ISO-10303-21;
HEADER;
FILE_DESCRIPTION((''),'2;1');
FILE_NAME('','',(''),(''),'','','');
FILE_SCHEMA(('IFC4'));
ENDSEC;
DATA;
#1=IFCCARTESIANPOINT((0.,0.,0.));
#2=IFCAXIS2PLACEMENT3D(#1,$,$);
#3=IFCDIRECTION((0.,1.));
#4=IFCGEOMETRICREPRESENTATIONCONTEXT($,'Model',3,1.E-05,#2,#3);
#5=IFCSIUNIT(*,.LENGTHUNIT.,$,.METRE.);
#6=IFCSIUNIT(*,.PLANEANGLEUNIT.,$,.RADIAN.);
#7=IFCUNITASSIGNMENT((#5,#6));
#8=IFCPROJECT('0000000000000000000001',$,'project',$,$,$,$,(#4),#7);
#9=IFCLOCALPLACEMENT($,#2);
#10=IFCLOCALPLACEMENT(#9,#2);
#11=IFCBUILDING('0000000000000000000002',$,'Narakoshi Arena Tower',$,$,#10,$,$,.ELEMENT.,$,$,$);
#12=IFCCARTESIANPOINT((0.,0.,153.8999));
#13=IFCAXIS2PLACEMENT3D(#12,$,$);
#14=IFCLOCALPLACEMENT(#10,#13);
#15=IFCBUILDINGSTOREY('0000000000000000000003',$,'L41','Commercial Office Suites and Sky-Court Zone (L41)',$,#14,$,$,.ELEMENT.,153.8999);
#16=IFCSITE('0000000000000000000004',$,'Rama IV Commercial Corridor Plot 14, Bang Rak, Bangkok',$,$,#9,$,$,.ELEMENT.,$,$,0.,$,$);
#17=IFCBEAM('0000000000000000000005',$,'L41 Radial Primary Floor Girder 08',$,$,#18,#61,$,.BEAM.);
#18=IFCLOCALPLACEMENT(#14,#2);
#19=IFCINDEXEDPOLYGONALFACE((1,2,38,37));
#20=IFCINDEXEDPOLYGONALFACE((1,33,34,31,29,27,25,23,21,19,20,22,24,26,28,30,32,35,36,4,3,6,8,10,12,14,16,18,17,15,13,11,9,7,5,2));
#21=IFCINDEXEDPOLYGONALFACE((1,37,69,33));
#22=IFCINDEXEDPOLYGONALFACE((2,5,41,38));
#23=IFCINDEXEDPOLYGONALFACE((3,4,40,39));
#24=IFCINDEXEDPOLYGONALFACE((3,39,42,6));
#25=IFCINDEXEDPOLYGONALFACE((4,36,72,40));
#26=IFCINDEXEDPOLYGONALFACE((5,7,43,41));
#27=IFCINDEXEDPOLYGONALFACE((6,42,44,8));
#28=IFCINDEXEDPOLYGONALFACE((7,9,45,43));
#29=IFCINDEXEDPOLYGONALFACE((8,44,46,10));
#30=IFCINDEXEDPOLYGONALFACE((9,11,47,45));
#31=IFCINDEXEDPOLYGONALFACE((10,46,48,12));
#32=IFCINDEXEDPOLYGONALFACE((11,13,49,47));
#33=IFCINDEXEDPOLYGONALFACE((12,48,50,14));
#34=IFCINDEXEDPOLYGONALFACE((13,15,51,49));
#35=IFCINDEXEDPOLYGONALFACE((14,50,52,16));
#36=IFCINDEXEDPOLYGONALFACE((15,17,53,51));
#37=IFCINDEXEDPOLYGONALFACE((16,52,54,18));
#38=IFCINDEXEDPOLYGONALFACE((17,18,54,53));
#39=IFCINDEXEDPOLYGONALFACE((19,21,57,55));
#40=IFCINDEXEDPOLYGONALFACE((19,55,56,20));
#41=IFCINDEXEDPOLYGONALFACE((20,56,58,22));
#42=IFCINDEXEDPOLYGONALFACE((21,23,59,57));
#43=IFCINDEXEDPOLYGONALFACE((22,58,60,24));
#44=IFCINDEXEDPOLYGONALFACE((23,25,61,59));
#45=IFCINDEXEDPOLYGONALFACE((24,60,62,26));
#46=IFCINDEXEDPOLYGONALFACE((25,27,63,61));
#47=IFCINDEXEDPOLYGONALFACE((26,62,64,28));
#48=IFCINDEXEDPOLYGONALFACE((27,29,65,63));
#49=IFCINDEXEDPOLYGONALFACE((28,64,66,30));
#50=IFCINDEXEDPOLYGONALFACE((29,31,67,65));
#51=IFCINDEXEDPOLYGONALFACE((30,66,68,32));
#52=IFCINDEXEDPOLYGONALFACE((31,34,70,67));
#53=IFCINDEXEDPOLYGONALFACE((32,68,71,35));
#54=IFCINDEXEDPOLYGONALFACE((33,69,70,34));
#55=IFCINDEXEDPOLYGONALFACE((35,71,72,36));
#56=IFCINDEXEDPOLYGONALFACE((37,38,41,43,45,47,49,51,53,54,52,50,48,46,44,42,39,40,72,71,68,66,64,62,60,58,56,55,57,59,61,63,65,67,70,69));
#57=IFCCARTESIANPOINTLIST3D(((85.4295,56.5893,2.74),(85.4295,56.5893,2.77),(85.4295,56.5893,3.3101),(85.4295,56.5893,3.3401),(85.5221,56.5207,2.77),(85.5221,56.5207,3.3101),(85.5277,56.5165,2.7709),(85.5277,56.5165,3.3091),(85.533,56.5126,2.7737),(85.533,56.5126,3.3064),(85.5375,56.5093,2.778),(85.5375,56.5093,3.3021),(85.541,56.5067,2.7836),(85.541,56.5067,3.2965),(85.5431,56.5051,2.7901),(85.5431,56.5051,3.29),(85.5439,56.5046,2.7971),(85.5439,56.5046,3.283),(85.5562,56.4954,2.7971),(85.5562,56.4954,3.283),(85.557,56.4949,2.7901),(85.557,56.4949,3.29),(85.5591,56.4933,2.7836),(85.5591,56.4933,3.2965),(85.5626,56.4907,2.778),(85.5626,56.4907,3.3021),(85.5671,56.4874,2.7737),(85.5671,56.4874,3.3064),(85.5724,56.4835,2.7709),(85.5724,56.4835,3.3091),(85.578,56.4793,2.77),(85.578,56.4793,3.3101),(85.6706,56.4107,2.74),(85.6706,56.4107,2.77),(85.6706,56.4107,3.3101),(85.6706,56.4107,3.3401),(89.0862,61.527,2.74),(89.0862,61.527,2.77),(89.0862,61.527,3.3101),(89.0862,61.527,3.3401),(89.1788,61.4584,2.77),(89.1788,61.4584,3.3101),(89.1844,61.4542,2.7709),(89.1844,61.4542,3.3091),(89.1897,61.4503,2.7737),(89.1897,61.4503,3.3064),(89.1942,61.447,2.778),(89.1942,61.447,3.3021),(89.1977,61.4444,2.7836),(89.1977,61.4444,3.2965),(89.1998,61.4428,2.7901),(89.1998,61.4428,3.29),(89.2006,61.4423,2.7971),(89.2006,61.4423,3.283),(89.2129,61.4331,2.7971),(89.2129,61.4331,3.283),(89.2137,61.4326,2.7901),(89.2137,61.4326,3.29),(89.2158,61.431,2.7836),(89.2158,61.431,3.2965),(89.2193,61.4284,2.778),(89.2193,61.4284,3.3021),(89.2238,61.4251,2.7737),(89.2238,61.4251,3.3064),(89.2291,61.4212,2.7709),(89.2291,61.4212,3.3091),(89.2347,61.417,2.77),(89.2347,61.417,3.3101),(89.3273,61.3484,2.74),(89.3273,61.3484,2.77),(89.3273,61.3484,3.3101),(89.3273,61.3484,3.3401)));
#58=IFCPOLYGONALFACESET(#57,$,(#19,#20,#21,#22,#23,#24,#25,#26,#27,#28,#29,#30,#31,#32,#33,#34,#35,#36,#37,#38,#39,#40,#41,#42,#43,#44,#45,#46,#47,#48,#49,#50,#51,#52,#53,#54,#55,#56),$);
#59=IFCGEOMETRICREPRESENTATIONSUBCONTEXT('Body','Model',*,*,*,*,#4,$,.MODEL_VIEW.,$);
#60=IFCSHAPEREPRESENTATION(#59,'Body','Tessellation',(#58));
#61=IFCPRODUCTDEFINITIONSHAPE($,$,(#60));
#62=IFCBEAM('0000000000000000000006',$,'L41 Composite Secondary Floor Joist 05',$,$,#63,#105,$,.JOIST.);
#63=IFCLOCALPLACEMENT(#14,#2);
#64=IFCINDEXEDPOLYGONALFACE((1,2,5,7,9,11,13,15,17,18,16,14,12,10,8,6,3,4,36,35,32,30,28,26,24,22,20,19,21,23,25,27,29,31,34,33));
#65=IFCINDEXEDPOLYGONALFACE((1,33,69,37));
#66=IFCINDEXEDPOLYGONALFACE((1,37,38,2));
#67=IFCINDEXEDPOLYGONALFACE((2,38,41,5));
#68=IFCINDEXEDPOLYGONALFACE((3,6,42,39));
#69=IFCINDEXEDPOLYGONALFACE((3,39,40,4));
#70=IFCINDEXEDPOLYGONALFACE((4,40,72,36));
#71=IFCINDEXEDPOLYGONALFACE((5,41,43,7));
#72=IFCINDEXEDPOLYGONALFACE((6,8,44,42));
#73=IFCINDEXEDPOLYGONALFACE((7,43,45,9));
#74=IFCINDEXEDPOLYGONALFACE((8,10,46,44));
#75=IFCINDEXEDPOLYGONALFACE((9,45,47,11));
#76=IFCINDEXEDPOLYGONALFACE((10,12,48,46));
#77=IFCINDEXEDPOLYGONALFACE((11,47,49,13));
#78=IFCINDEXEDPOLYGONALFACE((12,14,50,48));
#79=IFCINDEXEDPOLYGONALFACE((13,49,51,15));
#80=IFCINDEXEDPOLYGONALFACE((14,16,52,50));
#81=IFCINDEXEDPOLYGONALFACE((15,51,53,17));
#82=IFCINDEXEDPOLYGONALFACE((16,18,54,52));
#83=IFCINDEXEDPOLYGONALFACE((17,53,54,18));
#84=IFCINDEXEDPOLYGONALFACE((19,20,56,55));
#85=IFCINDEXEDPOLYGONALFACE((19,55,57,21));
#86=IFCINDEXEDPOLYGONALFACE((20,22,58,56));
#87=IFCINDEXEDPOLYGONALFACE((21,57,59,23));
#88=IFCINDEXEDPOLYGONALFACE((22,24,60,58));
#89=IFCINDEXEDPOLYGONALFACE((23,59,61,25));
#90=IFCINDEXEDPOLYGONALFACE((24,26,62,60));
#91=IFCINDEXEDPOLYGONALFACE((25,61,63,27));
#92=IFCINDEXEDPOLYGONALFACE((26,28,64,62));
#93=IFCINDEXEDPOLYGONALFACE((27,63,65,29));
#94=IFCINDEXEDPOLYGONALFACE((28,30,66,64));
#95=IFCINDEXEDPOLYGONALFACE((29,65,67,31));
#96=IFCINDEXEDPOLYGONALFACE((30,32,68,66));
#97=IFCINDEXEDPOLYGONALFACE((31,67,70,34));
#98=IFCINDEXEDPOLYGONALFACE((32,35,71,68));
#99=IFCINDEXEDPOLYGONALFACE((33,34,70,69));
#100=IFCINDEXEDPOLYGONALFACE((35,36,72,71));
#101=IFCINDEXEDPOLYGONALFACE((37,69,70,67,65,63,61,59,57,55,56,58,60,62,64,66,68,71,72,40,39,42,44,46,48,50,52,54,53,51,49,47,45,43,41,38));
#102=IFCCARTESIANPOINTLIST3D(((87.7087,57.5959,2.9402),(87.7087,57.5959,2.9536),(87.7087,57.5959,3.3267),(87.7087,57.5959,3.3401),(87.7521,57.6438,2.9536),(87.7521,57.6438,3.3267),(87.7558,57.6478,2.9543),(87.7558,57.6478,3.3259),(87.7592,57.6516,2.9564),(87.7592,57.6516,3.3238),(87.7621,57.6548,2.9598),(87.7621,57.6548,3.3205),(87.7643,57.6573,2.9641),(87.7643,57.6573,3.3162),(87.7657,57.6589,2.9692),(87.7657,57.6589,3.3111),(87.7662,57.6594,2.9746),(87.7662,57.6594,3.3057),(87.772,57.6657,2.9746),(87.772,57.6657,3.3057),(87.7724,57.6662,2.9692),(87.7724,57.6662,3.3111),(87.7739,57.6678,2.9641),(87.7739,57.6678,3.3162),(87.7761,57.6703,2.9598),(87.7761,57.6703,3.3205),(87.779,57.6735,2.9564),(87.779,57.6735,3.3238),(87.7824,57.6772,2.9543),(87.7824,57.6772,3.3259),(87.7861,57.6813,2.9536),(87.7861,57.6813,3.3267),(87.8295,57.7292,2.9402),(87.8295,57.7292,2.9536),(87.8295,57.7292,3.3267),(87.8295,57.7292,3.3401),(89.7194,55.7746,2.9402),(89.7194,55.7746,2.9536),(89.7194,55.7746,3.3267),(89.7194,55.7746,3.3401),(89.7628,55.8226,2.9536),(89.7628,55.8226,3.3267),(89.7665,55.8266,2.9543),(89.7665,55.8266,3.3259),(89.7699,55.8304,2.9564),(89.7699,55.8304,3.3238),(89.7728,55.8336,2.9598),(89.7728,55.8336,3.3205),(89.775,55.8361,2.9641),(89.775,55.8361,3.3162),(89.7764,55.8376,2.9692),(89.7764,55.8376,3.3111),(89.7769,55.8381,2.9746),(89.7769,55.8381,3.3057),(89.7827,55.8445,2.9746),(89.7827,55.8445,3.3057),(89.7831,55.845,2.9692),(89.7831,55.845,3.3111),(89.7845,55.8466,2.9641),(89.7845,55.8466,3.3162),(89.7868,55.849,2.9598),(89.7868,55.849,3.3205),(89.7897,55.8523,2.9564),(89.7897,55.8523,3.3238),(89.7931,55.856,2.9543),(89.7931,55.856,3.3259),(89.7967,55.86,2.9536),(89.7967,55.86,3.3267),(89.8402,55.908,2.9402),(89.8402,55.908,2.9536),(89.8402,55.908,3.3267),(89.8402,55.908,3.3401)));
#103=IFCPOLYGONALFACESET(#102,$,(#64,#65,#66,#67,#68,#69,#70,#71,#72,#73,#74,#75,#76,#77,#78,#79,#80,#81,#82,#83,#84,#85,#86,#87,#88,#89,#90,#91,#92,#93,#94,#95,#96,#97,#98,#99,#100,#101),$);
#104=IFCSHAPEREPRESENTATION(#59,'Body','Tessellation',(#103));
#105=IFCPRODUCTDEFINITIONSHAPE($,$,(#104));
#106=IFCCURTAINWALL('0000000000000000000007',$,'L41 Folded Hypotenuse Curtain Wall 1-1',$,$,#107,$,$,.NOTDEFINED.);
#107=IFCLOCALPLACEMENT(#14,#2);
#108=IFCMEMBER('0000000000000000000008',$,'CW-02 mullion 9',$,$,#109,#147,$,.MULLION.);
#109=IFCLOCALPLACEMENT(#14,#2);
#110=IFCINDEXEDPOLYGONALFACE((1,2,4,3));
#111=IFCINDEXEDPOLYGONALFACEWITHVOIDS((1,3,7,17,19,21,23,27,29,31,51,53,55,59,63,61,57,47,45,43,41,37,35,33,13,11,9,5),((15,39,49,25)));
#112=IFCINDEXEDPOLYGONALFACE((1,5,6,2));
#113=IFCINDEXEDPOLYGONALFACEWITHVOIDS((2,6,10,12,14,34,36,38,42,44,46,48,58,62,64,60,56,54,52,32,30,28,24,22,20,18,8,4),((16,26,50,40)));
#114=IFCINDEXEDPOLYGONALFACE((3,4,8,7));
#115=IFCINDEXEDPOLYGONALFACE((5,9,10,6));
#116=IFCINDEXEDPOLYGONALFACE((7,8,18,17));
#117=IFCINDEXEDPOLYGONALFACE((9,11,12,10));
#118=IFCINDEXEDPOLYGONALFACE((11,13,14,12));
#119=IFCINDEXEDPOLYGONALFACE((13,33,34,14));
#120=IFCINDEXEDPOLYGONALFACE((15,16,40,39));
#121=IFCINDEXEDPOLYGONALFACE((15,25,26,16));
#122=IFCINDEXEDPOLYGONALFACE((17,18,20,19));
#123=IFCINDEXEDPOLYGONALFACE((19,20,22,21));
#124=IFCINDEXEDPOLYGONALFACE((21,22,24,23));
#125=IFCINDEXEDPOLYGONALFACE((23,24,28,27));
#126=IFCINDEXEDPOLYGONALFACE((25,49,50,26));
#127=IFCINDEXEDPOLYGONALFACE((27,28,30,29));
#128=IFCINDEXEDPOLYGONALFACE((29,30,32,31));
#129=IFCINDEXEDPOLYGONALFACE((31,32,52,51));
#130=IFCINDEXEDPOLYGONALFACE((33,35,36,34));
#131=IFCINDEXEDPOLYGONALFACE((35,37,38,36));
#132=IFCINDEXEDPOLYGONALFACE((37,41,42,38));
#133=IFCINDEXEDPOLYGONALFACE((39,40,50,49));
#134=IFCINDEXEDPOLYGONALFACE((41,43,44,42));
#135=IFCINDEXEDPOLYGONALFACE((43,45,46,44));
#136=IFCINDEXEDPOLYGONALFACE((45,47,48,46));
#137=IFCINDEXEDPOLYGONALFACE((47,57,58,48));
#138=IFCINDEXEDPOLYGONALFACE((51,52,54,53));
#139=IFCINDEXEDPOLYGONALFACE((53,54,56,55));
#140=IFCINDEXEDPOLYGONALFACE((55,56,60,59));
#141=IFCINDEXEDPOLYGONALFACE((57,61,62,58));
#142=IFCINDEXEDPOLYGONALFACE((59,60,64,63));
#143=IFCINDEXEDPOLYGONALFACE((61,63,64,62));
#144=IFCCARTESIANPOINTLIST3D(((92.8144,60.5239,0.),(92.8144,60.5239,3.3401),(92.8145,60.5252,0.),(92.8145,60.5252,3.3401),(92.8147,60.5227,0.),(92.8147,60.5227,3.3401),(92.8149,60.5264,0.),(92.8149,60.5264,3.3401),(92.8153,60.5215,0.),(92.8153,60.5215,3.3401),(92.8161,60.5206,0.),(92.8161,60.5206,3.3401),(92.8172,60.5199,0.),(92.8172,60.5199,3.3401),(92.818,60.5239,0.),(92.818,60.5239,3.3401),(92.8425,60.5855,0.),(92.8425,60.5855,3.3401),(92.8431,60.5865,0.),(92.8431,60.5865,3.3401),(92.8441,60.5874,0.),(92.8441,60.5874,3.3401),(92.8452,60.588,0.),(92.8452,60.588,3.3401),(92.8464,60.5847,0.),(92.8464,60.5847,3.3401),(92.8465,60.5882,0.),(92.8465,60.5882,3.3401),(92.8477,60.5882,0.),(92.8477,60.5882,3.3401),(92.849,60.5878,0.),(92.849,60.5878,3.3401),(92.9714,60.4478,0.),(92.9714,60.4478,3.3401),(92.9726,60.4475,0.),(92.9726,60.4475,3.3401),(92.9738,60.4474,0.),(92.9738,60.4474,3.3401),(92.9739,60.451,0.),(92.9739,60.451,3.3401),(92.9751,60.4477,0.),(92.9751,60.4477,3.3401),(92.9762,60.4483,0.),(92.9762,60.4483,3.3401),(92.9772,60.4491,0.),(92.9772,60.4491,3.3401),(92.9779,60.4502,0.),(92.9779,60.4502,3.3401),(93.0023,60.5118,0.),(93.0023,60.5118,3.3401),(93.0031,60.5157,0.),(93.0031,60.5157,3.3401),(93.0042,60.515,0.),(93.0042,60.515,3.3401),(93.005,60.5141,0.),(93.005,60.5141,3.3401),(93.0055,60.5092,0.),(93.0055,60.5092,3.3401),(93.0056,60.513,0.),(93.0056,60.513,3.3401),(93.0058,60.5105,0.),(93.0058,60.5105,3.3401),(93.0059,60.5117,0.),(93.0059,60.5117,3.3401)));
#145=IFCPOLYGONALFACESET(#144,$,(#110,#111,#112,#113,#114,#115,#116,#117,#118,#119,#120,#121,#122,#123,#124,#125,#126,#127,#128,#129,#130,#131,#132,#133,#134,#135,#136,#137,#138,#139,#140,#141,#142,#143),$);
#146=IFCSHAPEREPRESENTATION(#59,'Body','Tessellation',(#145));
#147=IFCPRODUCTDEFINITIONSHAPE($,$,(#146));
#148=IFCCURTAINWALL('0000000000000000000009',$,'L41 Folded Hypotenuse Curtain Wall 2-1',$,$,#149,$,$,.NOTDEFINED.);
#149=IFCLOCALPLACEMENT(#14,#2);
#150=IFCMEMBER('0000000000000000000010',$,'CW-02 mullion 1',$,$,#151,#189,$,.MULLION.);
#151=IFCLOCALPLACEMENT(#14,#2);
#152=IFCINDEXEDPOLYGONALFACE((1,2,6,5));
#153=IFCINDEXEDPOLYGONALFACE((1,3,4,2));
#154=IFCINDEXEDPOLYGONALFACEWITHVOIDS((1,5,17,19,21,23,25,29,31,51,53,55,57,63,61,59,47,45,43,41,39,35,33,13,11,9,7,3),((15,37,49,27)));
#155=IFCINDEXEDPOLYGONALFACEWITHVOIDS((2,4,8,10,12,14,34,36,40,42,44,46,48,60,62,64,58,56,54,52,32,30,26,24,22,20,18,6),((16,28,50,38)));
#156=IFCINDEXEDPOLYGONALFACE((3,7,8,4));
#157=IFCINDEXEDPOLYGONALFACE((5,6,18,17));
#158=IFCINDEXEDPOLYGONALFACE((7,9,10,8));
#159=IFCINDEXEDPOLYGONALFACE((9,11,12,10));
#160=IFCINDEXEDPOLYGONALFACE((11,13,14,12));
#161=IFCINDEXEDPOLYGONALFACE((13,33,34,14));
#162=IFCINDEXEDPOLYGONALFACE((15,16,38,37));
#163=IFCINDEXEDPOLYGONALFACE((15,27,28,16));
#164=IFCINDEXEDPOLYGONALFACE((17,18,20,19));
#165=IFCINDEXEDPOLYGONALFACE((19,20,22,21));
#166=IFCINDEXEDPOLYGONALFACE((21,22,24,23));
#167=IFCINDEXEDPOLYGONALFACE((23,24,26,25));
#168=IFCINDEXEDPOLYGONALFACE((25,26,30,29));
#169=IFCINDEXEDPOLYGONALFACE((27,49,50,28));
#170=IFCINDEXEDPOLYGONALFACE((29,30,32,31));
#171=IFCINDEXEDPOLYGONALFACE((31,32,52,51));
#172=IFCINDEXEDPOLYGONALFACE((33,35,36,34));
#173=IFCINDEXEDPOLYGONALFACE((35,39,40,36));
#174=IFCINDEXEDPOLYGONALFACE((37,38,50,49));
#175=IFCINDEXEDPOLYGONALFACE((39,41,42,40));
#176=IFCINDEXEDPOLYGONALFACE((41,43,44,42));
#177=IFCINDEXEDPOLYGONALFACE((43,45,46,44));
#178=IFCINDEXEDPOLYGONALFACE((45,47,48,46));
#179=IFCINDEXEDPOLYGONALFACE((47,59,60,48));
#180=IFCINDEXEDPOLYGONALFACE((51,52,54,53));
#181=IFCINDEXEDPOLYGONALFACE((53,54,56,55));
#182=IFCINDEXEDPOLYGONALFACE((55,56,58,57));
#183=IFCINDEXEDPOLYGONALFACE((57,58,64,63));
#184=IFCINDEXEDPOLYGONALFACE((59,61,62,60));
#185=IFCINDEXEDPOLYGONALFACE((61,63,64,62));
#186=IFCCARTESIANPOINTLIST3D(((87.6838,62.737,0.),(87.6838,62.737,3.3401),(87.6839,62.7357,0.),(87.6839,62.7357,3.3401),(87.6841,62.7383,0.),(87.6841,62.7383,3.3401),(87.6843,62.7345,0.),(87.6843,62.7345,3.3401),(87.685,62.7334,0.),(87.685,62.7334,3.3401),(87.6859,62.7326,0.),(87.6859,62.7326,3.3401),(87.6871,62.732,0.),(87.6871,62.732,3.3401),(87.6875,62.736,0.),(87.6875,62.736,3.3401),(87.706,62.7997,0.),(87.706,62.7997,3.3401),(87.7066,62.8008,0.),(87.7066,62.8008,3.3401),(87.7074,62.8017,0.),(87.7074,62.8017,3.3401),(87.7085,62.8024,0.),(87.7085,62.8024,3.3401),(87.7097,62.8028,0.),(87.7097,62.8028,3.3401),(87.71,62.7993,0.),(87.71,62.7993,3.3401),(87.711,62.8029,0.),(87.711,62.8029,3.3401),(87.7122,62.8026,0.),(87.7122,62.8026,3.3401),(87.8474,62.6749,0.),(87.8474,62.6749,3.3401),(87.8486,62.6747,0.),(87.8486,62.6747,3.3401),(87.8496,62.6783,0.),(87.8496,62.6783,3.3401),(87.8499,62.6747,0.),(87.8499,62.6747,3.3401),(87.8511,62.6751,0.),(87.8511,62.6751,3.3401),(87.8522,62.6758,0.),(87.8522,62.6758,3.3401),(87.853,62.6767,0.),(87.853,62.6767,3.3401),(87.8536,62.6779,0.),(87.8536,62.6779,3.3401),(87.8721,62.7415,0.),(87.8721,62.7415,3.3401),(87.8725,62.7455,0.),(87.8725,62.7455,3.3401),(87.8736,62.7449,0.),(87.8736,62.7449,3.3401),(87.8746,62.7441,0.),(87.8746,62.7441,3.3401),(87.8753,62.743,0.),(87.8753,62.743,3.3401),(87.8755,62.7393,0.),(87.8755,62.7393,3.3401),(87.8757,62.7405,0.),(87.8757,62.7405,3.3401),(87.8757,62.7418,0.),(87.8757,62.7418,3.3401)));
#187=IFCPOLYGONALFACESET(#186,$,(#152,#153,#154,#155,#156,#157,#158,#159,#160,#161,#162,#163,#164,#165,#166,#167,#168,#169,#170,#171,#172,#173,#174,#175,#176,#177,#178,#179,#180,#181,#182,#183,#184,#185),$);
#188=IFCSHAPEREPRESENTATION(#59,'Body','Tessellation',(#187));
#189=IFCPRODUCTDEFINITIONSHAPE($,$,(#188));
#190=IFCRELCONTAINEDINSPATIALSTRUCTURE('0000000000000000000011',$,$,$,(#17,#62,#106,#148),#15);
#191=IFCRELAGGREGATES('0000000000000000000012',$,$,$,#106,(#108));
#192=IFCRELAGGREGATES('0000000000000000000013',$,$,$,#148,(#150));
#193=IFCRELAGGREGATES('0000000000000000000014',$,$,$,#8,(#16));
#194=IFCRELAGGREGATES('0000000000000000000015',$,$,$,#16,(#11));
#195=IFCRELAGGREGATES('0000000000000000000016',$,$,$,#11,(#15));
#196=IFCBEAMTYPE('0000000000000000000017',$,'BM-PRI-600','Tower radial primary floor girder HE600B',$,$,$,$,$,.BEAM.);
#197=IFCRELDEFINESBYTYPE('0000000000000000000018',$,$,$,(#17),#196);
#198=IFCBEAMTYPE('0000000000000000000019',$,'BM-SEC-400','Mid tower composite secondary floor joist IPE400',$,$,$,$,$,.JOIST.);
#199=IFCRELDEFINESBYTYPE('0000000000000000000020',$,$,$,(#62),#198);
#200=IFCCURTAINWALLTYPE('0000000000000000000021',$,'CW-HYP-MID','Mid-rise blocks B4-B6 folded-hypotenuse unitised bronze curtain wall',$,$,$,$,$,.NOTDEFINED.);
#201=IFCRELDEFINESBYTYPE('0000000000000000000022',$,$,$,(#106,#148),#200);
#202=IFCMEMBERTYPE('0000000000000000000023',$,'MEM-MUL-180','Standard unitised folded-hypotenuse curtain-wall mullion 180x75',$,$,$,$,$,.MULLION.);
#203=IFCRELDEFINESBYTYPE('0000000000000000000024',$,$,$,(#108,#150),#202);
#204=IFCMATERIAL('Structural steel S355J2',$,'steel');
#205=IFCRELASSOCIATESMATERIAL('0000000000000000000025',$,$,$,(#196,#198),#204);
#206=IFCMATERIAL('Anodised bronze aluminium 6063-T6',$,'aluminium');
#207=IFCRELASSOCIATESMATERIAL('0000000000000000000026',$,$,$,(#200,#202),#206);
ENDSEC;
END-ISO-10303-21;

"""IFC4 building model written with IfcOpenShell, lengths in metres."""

from ifc_helpers import new_model, si_unit, direction, frame, origin, origin_2d, place, context, subcontext, project, spatial, hollow_rectangle, i_section, extrude, material, material_profile, profile_set, type_object, element, aggregate, save


model = new_model("IFC4")

# Units and contexts
model_context = context("Model", 3, precision=1e-05, world=origin(), true_north=direction((0.0, 1.0)))
body_context = subcontext(model_context, "Body", "Model", "MODEL_VIEW")
ifc_project = project(units=[si_unit("LENGTHUNIT", "METRE"), si_unit("PLANEANGLEUNIT", "RADIAN")], contexts=[model_context])

# Site, building, storey
site_placement = place(None, origin())
site = spatial("IfcSite", under=ifc_project, at=site_placement, Name="Rama IV Commercial Corridor Plot 14, Bang Rak, Bangkok", CompositionType="ELEMENT", RefElevation=0.0)
building_placement = place(site_placement, origin())
building = spatial("IfcBuilding", under=site, at=building_placement, Name="Narakoshi Arena Tower", CompositionType="ELEMENT")
storey_placement = place(building_placement, frame((0.0, 0.0, 153.8999)))
storey = spatial("IfcBuildingStorey", under=building, at=storey_placement, Name="L41", Description="Commercial Office Suites and Sky-Court Zone (L41)", CompositionType="ELEMENT", Elevation=153.8999)

# Beams
ifc_material_1 = material(Name="Structural steel S355J2", Category="steel")
ifc_material_profile_1 = material_profile(ifc_material_1, i_section(OverallWidth=0.3, OverallDepth=0.6001, WebThickness=0.0154, FlangeThickness=0.03, FilletRadius=0.0271, at=origin_2d()), Name="HE600B")
ifc_profile_set_1 = profile_set([ifc_material_profile_1], Name="Structural steel S355J2")
beam_type_1 = type_object("IfcBeamType", Name="BM-PRI-600", Description="Tower radial primary floor girder HE600B", PredefinedType="BEAM", material=ifc_profile_set_1)
beam_1_placement = place(storey_placement, frame((85.55, 56.5, 3.04), z_axis=(0.595138, 0.803623, 0.0), x_axis=(-0.803623, 0.595138, 0.0)))
element("IfcBeam", 1, at=beam_1_placement, inside=storey, type_object=beam_type_1, Name="L41 Radial Primary Floor Girder 08", PredefinedType="BEAM", context=body_context, shape_type="SweptSolid", body=[
    extrude(i_section(OverallWidth=0.3, OverallDepth=0.6001, WebThickness=0.0154, FlangeThickness=0.03, FilletRadius=0.0271, at=origin_2d()), origin(), (0.0, 0.0, 1.0), 6.1443),
])
ifc_material_profile_2 = material_profile(ifc_material_1, i_section(OverallWidth=0.1799, OverallDepth=0.3999, WebThickness=0.0085, FlangeThickness=0.0134, FilletRadius=0.021, at=origin_2d()), Name="IPE400")
ifc_profile_set_2 = profile_set([ifc_material_profile_2], Name="Structural steel S355J2")
beam_type_2 = type_object("IfcBeamType", Name="BM-SEC-400", Description="Mid tower composite secondary floor joist IPE400", PredefinedType="JOIST", material=ifc_profile_set_2)
beam_2_placement = place(storey_placement, frame((89.7798, 55.8413, 3.1401), z_axis=(-0.74116, 0.671328, 0.0), x_axis=(-0.671328, -0.74116, 0.0)))
element("IfcBeam", 2, at=beam_2_placement, inside=storey, type_object=beam_type_2, Name="L41 Composite Secondary Floor Joist 05", PredefinedType="JOIST", context=body_context, shape_type="SweptSolid", body=[
    extrude(i_section(OverallWidth=0.1799, OverallDepth=0.3999, WebThickness=0.0085, FlangeThickness=0.0134, FilletRadius=0.021, at=origin_2d()), origin(), (0.0, 0.0, 1.0), 2.7129),
])

# Curtain wall, member
ifc_material_2 = material(Name="Anodised bronze aluminium 6063-T6", Category="aluminium")
curtain_wall_type = type_object("IfcCurtainWallType", Name="CW-HYP-MID", Description="Mid-rise blocks B4-B6 folded-hypotenuse unitised bronze curtain wall", PredefinedType="NOTDEFINED", material=ifc_material_2)
curtain_wall_1_placement = place(storey_placement, origin())
curtain_wall_1 = element("IfcCurtainWall", 3, at=curtain_wall_1_placement, inside=storey, type_object=curtain_wall_type, Name="L41 Folded Hypotenuse Curtain Wall 1-1", PredefinedType="NOTDEFINED")
ifc_material_profile_3 = material_profile(ifc_material_2, hollow_rectangle(XDim=0.075, YDim=0.1799, WallThickness=0.0039, OuterFilletRadius=0.0049, at=origin_2d()), Name="MUL180x75x4")
ifc_profile_set_3 = profile_set([ifc_material_profile_3], Name="Anodised bronze aluminium 6063-T6")
member_type_1 = type_object("IfcMemberType", Name="MEM-MUL-180", Description="Standard unitised folded-hypotenuse curtain-wall mullion 180x75", PredefinedType="MULLION", material=ifc_profile_set_3)
member_1_placement = place(storey_placement, frame((92.9102, 60.5178, 0.0), z_axis=(0.0, 0.0, 1.0), x_axis=(-0.423532, -0.905881, 0.0)))
member_1 = element("IfcMember", 4, at=member_1_placement, type_object=member_type_1, Name="CW-02 mullion 9", PredefinedType="MULLION", context=body_context, shape_type="SweptSolid", body=[
    extrude(hollow_rectangle(XDim=0.075, YDim=0.1799, WallThickness=0.0039, OuterFilletRadius=0.0049, at=origin_2d()), origin(), (0.0, 0.0, 1.0), 3.3401),
])
aggregate(curtain_wall_1, [member_1])

# Curtain wall, member
curtain_wall_2_placement = place(storey_placement, origin())
curtain_wall_2 = element("IfcCurtainWall", 5, at=curtain_wall_2_placement, inside=storey, type_object=curtain_wall_type, Name="L41 Folded Hypotenuse Curtain Wall 2-1", PredefinedType="NOTDEFINED")
member_2_placement = place(storey_placement, frame((87.7798, 62.7388, 0.0), z_axis=(0.0, 0.0, 1.0), x_axis=(-0.335518, -0.942034, 0.0)))
member_2 = element("IfcMember", 6, at=member_2_placement, type_object=member_type_1, Name="CW-02 mullion 1", PredefinedType="MULLION", context=body_context, shape_type="SweptSolid", body=[
    extrude(hollow_rectangle(XDim=0.075, YDim=0.1799, WallThickness=0.0039, OuterFilletRadius=0.0049, at=origin_2d()), origin(), (0.0, 0.0, 1.0), 3.3401),
])
aggregate(curtain_wall_2, [member_2])

save(model, "model.ifc")
